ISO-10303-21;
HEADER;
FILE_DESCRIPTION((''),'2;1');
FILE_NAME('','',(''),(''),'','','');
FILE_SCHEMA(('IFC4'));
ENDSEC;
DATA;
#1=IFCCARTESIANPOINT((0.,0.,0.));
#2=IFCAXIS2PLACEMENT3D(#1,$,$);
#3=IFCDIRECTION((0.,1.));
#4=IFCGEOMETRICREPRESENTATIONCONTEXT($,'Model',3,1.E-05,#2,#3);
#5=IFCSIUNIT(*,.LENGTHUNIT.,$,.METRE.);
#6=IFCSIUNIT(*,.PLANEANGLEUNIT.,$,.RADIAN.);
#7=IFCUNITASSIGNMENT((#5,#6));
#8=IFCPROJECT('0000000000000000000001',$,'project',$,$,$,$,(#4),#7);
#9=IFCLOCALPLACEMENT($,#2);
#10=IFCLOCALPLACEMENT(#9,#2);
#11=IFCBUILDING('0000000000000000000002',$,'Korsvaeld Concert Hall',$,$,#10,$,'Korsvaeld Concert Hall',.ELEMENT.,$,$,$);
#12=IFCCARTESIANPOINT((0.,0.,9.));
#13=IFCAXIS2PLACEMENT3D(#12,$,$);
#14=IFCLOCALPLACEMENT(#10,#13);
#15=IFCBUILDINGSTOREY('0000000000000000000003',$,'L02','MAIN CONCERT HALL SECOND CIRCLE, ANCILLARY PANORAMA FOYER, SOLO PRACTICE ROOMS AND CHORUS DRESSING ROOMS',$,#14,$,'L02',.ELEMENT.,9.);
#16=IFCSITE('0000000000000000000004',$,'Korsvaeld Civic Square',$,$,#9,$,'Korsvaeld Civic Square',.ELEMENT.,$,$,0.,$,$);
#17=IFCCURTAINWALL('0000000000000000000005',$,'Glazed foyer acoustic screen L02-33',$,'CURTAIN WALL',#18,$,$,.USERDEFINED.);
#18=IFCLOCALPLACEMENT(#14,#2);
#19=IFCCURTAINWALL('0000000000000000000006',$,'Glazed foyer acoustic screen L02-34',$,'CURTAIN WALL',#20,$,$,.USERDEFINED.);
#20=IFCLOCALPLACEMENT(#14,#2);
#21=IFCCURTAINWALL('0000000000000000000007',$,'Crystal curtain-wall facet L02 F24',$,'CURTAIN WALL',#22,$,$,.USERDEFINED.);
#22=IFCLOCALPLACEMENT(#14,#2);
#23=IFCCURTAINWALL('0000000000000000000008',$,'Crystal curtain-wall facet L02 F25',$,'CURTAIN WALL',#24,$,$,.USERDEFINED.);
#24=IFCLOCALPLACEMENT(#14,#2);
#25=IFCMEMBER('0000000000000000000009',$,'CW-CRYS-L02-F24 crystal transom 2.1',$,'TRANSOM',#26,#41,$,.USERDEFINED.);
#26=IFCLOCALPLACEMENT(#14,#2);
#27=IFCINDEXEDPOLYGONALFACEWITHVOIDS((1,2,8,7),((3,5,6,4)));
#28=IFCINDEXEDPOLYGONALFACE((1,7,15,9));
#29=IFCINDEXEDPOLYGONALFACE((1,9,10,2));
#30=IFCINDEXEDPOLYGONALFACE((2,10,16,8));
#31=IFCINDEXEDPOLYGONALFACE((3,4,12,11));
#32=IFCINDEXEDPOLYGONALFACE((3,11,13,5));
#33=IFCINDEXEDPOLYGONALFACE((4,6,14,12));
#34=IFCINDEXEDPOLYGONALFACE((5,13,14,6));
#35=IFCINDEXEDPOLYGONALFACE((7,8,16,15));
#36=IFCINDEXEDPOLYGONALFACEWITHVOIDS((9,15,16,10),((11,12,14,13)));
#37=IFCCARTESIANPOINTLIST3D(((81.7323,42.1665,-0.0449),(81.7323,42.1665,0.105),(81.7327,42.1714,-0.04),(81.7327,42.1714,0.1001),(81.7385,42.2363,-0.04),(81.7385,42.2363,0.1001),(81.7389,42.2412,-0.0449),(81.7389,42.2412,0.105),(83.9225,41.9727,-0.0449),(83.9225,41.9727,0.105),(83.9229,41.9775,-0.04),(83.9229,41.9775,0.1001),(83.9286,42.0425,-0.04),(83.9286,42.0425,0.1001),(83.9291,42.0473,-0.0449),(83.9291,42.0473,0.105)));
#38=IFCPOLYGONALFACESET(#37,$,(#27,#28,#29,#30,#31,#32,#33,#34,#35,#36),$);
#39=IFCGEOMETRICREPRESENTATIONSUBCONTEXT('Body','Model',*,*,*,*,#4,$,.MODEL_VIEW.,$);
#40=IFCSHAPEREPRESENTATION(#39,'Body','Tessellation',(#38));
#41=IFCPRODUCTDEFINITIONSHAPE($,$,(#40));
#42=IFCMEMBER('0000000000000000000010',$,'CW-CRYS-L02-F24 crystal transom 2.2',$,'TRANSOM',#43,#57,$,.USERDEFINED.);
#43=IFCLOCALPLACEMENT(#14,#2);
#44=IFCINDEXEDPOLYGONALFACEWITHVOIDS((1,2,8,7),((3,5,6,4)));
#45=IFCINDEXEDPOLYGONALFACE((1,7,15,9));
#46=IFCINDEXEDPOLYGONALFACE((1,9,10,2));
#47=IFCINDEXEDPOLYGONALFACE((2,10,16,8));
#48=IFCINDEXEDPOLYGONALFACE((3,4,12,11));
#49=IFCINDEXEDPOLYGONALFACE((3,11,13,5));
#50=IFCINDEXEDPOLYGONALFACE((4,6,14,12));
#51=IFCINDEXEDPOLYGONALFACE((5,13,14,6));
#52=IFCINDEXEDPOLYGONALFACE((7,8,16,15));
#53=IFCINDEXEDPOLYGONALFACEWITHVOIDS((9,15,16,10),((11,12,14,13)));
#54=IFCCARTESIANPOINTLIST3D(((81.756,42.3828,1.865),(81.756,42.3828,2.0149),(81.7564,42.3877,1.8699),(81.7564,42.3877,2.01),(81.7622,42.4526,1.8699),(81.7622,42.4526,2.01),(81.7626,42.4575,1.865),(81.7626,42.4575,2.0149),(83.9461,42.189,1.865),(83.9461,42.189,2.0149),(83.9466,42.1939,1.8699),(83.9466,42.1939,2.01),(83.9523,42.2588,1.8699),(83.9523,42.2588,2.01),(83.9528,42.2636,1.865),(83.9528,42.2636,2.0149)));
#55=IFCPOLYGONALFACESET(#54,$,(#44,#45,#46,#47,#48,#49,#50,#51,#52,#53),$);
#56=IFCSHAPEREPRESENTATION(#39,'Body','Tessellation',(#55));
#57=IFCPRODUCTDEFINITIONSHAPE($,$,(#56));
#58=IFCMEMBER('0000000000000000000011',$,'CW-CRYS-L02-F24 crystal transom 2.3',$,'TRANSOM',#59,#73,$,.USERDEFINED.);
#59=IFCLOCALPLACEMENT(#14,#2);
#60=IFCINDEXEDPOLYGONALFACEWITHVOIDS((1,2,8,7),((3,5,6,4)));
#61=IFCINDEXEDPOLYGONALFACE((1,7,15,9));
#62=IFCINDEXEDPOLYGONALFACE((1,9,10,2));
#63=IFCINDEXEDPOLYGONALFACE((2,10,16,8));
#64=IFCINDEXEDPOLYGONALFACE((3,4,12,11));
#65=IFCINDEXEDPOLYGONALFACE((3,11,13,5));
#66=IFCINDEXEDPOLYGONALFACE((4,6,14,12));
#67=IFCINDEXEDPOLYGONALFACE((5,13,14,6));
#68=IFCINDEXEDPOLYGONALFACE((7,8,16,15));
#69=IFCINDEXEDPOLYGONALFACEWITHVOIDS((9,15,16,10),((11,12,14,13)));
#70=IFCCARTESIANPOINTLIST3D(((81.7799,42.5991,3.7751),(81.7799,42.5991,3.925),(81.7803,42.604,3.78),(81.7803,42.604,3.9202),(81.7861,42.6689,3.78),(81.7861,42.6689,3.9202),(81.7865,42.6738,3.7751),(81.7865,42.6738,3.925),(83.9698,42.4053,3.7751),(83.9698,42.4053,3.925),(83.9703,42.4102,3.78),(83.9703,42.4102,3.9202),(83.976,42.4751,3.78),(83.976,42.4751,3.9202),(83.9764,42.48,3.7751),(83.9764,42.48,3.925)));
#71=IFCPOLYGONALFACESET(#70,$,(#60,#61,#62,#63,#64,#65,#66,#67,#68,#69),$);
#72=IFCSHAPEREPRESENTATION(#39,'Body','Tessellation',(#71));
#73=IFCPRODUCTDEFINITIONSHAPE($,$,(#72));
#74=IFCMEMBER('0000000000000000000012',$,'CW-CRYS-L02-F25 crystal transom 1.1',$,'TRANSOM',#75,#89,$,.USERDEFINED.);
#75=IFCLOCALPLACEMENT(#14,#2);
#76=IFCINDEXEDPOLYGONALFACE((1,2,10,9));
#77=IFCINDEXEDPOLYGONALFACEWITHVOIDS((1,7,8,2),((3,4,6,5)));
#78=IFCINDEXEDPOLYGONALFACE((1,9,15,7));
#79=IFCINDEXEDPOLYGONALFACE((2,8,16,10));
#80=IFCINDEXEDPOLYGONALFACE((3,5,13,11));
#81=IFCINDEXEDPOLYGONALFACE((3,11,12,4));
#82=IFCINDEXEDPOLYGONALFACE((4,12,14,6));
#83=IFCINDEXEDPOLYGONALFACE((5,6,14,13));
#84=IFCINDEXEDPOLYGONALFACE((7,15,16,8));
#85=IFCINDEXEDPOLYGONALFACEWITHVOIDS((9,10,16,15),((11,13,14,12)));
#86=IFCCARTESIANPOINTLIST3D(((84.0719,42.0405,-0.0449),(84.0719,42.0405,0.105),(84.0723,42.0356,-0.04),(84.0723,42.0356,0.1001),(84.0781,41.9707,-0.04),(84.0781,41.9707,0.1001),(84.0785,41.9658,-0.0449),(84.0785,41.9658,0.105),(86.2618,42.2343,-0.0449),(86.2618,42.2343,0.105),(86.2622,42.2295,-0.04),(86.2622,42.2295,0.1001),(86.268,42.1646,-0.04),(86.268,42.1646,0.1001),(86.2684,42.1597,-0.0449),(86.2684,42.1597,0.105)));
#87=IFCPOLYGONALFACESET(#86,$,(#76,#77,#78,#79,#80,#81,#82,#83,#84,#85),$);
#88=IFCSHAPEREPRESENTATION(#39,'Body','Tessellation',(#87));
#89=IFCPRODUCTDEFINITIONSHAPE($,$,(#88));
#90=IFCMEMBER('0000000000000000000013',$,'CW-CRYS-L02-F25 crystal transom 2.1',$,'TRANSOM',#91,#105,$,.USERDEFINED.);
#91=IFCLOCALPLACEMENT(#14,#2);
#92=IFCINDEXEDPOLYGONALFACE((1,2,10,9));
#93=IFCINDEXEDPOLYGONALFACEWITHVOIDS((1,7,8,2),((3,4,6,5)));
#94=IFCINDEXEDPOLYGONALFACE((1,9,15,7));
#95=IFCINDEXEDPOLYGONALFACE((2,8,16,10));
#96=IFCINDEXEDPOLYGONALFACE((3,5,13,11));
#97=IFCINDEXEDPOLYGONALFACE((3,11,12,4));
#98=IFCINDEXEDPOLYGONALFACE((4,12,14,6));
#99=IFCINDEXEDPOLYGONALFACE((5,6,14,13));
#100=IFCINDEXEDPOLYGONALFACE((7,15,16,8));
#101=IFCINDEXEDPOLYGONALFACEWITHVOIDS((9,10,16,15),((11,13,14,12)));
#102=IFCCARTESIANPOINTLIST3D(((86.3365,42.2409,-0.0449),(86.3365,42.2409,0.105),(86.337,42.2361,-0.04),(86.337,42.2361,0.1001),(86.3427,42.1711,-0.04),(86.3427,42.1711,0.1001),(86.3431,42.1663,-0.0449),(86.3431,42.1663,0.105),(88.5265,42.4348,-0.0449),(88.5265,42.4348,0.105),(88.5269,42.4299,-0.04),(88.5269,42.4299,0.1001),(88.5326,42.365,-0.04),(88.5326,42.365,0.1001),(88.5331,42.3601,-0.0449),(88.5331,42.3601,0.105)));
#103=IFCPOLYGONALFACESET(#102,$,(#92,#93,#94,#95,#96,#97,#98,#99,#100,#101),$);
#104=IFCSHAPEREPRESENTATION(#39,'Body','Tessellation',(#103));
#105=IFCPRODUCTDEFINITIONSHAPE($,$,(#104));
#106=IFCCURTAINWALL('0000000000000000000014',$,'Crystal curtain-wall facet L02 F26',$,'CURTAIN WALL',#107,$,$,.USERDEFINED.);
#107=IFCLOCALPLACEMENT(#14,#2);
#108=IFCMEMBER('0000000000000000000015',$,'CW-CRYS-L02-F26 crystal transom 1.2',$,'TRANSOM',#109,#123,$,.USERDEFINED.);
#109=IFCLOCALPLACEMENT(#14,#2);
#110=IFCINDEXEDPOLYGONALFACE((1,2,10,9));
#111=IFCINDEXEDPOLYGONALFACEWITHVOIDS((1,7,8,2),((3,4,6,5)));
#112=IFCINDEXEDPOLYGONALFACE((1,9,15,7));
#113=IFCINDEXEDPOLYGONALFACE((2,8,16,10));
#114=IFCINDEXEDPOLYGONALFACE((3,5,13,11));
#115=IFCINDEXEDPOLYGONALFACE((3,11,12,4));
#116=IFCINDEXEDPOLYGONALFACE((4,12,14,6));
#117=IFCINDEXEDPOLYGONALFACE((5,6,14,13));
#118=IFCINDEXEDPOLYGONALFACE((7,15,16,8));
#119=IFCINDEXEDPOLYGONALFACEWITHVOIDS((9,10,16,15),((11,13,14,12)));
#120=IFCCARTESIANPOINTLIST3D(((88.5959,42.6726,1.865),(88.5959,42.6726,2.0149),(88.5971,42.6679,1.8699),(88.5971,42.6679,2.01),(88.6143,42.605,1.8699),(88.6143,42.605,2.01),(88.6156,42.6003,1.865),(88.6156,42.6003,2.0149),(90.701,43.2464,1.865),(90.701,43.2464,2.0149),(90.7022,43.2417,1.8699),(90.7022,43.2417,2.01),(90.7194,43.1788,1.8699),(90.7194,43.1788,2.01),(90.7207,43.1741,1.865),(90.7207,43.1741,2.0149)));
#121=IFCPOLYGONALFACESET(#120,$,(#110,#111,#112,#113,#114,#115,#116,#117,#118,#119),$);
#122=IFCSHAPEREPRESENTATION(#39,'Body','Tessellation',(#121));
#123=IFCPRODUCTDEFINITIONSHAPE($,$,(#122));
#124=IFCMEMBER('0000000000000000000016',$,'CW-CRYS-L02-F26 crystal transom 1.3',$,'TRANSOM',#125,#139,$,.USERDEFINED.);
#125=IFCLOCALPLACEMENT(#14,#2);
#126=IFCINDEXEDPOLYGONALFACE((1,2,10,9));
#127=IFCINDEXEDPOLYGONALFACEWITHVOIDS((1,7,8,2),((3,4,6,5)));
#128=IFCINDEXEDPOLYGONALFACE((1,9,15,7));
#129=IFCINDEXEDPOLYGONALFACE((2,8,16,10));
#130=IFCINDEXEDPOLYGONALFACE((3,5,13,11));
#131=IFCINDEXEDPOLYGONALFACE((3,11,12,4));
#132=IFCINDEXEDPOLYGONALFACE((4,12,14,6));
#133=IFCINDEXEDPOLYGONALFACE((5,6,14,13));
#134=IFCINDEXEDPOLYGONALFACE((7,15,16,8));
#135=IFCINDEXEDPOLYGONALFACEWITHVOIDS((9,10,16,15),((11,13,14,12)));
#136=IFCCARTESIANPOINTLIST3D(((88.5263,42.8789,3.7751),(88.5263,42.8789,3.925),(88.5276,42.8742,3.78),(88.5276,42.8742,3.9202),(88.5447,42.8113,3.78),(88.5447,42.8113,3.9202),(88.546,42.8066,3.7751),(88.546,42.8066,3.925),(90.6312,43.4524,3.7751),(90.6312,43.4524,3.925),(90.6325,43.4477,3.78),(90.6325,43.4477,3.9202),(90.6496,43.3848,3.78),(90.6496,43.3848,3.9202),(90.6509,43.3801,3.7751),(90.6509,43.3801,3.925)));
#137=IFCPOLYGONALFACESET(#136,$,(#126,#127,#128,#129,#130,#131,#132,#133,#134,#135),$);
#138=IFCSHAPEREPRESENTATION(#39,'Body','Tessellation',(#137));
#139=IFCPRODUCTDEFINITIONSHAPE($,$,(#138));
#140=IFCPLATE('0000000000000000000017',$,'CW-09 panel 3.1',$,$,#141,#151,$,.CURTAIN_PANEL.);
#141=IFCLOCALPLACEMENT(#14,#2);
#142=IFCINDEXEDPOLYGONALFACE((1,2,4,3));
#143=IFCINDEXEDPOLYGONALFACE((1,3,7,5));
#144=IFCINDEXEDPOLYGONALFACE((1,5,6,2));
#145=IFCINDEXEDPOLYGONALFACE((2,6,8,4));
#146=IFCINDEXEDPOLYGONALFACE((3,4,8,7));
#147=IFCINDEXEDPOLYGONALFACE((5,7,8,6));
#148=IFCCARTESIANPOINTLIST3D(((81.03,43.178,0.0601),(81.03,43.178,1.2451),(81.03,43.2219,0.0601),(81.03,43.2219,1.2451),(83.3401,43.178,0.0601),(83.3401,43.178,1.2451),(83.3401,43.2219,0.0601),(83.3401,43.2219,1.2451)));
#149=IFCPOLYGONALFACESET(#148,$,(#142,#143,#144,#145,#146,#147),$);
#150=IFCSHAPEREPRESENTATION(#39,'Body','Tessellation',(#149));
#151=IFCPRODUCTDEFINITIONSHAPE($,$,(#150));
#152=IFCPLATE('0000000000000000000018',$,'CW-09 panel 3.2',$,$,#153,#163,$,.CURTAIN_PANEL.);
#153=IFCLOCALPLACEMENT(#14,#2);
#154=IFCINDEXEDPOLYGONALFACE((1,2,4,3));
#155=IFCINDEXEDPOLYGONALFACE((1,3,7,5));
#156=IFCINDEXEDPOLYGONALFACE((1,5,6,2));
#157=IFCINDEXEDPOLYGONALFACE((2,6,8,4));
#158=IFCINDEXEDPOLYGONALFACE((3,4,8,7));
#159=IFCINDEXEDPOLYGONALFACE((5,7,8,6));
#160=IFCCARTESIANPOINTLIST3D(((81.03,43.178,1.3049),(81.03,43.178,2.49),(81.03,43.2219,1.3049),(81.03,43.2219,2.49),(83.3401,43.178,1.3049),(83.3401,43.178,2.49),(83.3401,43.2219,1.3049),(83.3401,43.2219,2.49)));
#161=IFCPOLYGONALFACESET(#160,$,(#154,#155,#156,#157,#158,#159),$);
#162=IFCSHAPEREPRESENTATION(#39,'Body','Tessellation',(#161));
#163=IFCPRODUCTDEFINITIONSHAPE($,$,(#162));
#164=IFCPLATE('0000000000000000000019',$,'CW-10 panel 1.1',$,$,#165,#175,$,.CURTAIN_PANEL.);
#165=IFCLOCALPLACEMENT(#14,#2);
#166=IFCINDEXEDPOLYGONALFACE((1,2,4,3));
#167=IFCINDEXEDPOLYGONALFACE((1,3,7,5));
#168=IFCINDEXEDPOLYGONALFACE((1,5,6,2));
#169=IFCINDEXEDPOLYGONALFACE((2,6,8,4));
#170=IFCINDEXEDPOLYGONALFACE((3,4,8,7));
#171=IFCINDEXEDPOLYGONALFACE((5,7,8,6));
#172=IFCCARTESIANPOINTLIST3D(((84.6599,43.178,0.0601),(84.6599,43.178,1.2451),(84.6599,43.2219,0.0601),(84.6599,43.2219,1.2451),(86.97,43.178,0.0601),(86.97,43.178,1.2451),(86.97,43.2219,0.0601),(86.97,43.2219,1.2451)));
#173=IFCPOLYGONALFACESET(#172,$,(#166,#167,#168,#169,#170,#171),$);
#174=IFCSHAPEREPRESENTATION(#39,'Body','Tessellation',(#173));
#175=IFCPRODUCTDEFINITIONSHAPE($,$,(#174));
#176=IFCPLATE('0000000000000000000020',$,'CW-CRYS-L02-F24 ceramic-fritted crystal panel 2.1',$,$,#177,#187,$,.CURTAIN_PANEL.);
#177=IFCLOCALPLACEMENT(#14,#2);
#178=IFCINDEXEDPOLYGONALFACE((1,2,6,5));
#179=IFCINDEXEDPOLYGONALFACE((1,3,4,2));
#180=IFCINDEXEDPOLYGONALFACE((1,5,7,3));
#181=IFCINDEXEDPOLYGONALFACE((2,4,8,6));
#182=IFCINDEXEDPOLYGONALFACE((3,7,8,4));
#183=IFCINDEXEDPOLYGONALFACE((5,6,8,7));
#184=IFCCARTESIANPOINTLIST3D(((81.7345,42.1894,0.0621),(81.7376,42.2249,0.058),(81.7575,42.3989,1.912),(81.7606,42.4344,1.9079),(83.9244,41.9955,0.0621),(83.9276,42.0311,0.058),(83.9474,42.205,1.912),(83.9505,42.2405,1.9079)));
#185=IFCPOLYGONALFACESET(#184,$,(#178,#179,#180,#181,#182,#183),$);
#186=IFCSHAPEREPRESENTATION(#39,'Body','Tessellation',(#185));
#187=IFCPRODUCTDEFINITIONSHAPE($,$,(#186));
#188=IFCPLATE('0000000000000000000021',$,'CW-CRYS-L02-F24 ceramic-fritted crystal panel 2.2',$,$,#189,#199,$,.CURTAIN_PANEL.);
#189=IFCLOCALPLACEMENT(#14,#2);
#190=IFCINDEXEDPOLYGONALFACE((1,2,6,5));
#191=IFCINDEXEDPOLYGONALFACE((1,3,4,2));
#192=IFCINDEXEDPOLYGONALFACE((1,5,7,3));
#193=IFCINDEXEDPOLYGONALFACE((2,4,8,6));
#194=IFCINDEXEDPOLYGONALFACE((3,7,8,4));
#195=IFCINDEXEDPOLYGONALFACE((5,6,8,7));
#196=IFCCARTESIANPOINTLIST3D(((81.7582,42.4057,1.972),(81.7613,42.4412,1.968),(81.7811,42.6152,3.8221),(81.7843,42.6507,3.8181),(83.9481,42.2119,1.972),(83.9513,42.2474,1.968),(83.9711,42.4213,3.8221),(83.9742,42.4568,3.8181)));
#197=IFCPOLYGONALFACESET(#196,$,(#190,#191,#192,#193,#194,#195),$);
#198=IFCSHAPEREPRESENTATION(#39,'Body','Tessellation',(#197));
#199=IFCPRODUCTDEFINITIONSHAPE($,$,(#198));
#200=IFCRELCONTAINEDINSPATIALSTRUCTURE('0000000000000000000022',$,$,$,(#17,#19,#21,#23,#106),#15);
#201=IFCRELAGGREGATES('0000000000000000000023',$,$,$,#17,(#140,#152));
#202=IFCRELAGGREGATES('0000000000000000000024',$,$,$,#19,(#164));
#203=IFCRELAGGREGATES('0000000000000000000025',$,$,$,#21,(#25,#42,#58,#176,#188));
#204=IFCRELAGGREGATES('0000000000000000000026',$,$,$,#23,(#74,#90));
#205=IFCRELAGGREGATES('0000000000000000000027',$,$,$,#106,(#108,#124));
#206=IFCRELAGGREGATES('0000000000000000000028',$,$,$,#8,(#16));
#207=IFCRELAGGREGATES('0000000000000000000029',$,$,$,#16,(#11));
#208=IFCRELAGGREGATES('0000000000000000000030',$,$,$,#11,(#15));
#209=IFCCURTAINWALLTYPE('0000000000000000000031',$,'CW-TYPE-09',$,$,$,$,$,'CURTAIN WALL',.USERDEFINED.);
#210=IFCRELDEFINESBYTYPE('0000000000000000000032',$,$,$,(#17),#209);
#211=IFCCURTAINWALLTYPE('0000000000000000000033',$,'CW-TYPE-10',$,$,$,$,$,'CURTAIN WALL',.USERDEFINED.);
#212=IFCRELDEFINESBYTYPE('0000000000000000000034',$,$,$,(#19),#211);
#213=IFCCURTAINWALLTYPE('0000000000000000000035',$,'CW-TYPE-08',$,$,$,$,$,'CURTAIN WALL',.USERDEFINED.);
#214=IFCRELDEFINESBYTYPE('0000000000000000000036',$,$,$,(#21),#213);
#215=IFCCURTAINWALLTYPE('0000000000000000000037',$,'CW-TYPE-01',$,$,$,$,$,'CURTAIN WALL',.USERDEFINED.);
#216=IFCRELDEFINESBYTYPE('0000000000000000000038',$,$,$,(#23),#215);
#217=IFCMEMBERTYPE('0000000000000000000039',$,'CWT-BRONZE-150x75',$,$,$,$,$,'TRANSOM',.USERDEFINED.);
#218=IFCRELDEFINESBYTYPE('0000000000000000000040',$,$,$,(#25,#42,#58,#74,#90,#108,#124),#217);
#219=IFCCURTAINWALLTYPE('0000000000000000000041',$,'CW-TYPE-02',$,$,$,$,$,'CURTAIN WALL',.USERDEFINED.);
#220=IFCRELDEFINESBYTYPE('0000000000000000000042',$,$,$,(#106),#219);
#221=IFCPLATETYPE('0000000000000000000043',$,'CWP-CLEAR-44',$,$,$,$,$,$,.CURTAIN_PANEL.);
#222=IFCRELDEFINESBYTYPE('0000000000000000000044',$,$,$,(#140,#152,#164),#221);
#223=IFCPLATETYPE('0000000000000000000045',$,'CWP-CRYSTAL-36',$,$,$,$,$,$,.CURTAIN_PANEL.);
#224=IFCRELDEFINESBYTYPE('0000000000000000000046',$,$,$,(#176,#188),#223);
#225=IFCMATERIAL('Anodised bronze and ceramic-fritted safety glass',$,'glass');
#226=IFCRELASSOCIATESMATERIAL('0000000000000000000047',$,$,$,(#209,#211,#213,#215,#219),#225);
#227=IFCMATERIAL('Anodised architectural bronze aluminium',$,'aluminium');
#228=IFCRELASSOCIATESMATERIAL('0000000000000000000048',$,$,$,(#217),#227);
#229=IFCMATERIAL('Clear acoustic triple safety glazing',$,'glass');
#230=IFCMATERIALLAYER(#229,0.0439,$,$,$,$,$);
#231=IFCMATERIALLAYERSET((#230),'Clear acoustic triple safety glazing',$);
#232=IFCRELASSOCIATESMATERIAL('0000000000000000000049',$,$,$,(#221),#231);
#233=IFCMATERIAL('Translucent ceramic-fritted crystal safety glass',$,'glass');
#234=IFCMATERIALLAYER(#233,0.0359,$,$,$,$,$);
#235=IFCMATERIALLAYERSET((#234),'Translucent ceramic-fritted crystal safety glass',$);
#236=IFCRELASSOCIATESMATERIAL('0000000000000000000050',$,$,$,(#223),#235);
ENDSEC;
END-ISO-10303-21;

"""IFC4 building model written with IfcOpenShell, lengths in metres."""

from ifc_helpers import new_model, si_unit, direction, frame, origin, origin_2d, place, context, subcontext, project, spatial, polyline, rectangle, hollow_rectangle, outline, extrude, material, layer, layer_set, material_profile, profile_set, type_object, element, aggregate, save


model = new_model("IFC4")

# Units and contexts
model_context = context("Model", 3, precision=1e-05, world=origin(), true_north=direction((0.0, 1.0)))
body_context = subcontext(model_context, "Body", "Model", "MODEL_VIEW")
ifc_project = project(units=[si_unit("LENGTHUNIT", "METRE"), si_unit("PLANEANGLEUNIT", "RADIAN")], contexts=[model_context])

# Site, building, storey
site_placement = place(None, origin())
site = spatial("IfcSite", under=ifc_project, at=site_placement, Name="Korsvaeld Civic Square", LongName="Korsvaeld Civic Square", CompositionType="ELEMENT", RefElevation=0.0)
building_placement = place(site_placement, origin())
building = spatial("IfcBuilding", under=site, at=building_placement, Name="Korsvaeld Concert Hall", LongName="Korsvaeld Concert Hall", CompositionType="ELEMENT")
storey_placement = place(building_placement, frame((0.0, 0.0, 9.0)))
storey = spatial("IfcBuildingStorey", under=building, at=storey_placement, Name="L02", Description="MAIN CONCERT HALL SECOND CIRCLE, ANCILLARY PANORAMA FOYER, SOLO PRACTICE ROOMS AND CHORUS DRESSING ROOMS", LongName="L02", CompositionType="ELEMENT", Elevation=9.0)

# Curtain walls
ifc_material_1 = material(Name="Anodised bronze and ceramic-fritted safety glass", Category="glass")
curtain_wall_type_1 = type_object("IfcCurtainWallType", Name="CW-TYPE-09", ElementType="CURTAIN WALL", PredefinedType="USERDEFINED", material=ifc_material_1)
curtain_wall_1_placement = place(storey_placement, origin())
curtain_wall_1 = element("IfcCurtainWall", 1, at=curtain_wall_1_placement, inside=storey, type_object=curtain_wall_type_1, Name="Glazed foyer acoustic screen L02-33", ObjectType="CURTAIN WALL", PredefinedType="USERDEFINED")
ifc_material_2 = material(Name="Anodised architectural bronze aluminium", Category="aluminium")
curtain_wall_type_2 = type_object("IfcCurtainWallType", Name="CW-TYPE-10", ElementType="CURTAIN WALL", PredefinedType="USERDEFINED", material=ifc_material_1)
curtain_wall_2_placement = place(storey_placement, origin())
curtain_wall_2 = element("IfcCurtainWall", 2, at=curtain_wall_2_placement, inside=storey, type_object=curtain_wall_type_2, Name="Glazed foyer acoustic screen L02-34", ObjectType="CURTAIN WALL", PredefinedType="USERDEFINED")

# Curtain walls
curtain_wall_type_3 = type_object("IfcCurtainWallType", Name="CW-TYPE-08", ElementType="CURTAIN WALL", PredefinedType="USERDEFINED", material=ifc_material_1)
curtain_wall_3_placement = place(storey_placement, origin())
curtain_wall_3 = element("IfcCurtainWall", 3, at=curtain_wall_3_placement, inside=storey, type_object=curtain_wall_type_3, Name="Crystal curtain-wall facet L02 F24", ObjectType="CURTAIN WALL", PredefinedType="USERDEFINED")
curtain_wall_type_4 = type_object("IfcCurtainWallType", Name="CW-TYPE-01", ElementType="CURTAIN WALL", PredefinedType="USERDEFINED", material=ifc_material_1)
curtain_wall_4_placement = place(storey_placement, origin())
curtain_wall_4 = element("IfcCurtainWall", 4, at=curtain_wall_4_placement, inside=storey, type_object=curtain_wall_type_4, Name="Crystal curtain-wall facet L02 F25", ObjectType="CURTAIN WALL", PredefinedType="USERDEFINED")

# Members
ifc_material_profile_1 = material_profile(ifc_material_2, hollow_rectangle(XDim=0.075, YDim=0.1499, WallThickness=0.0049, at=origin_2d()), Name="CWT 150x75x5")
ifc_profile_set_1 = profile_set([ifc_material_profile_1], Name="Anodised architectural bronze aluminium")
member_type_1 = type_object("IfcMemberType", Name="CWT-BRONZE-150x75", ElementType="TRANSOM", PredefinedType="USERDEFINED", material=ifc_profile_set_1)
member_1_placement = place(storey_placement, frame((81.7356, 42.2039, 0.03), z_axis=(0.996106, -0.088163, 0.0), x_axis=(0.088163, 0.996106, 0.0)))
member_1 = element("IfcMember", 5, at=member_1_placement, type_object=member_type_1, Name="CW-CRYS-L02-F24 crystal transom 2.1", ObjectType="TRANSOM", PredefinedType="USERDEFINED", context=body_context, shape_type="SweptSolid", body=[
    extrude(hollow_rectangle(XDim=0.075, YDim=0.1499, WallThickness=0.0049, at=origin_2d()), origin(), (0.0, 0.0, 1.0), 2.1987),
])
member_2_placement = place(storey_placement, frame((81.7593, 42.4202, 1.9399), z_axis=(0.996106, -0.088163, 0.0), x_axis=(0.088163, 0.996106, 0.0)))
member_2 = element("IfcMember", 6, at=member_2_placement, type_object=member_type_1, Name="CW-CRYS-L02-F24 crystal transom 2.2", ObjectType="TRANSOM", PredefinedType="USERDEFINED", context=body_context, shape_type="SweptSolid", body=[
    extrude(hollow_rectangle(XDim=0.075, YDim=0.1499, WallThickness=0.0049, at=origin_2d()), origin(), (0.0, 0.0, 1.0), 2.1987),
])
member_3_placement = place(storey_placement, frame((81.7832, 42.6365, 3.8501), z_axis=(0.996105, -0.088173, 0.0), x_axis=(0.088173, 0.996105, 0.0)))
member_3 = element("IfcMember", 7, at=member_3_placement, type_object=member_type_1, Name="CW-CRYS-L02-F24 crystal transom 2.3", ObjectType="TRANSOM", PredefinedType="USERDEFINED", context=body_context, shape_type="SweptSolid", body=[
    extrude(hollow_rectangle(XDim=0.075, YDim=0.1499, WallThickness=0.0049, at=origin_2d()), origin(), (0.0, 0.0, 1.0), 2.1985),
])
member_4_placement = place(storey_placement, frame((84.0752, 42.0032, 0.03), z_axis=(0.996105, 0.088173, 0.0), x_axis=(-0.088173, 0.996105, 0.0)))
member_4 = element("IfcMember", 8, at=member_4_placement, type_object=member_type_1, Name="CW-CRYS-L02-F25 crystal transom 1.1", ObjectType="TRANSOM", PredefinedType="USERDEFINED", context=body_context, shape_type="SweptSolid", body=[
    extrude(hollow_rectangle(XDim=0.075, YDim=0.1499, WallThickness=0.0049, at=origin_2d()), origin(), (0.0, 0.0, 1.0), 2.1985),
])
member_5_placement = place(storey_placement, frame((86.3398, 42.2036, 0.03), z_axis=(0.996105, 0.088173, 0.0), x_axis=(-0.088173, 0.996105, 0.0)))
member_5 = element("IfcMember", 9, at=member_5_placement, type_object=member_type_1, Name="CW-CRYS-L02-F25 crystal transom 2.1", ObjectType="TRANSOM", PredefinedType="USERDEFINED", context=body_context, shape_type="SweptSolid", body=[
    extrude(hollow_rectangle(XDim=0.075, YDim=0.1499, WallThickness=0.0049, at=origin_2d()), origin(), (0.0, 0.0, 1.0), 2.1985),
])

# Curtain wall, members
curtain_wall_type_5 = type_object("IfcCurtainWallType", Name="CW-TYPE-02", ElementType="CURTAIN WALL", PredefinedType="USERDEFINED", material=ifc_material_1)
curtain_wall_5_placement = place(storey_placement, origin())
curtain_wall_5 = element("IfcCurtainWall", 10, at=curtain_wall_5_placement, inside=storey, type_object=curtain_wall_type_5, Name="Crystal curtain-wall facet L02 F26", ObjectType="CURTAIN WALL", PredefinedType="USERDEFINED")
member_6_placement = place(storey_placement, frame((88.6057, 42.6365, 1.9399), z_axis=(0.964805, 0.262966, 0.0), x_axis=(-0.262966, 0.964805, 0.0)))
member_6 = element("IfcMember", 11, at=member_6_placement, type_object=member_type_1, Name="CW-CRYS-L02-F26 crystal transom 1.2", ObjectType="TRANSOM", PredefinedType="USERDEFINED", context=body_context, shape_type="SweptSolid", body=[
    extrude(hollow_rectangle(XDim=0.075, YDim=0.1499, WallThickness=0.0049, at=origin_2d()), origin(), (0.0, 0.0, 1.0), 2.1819),
])
member_7_placement = place(storey_placement, frame((88.5361, 42.8428, 3.8501), z_axis=(0.964834, 0.262862, 0.0), x_axis=(-0.262862, 0.964834, 0.0)))
member_7 = element("IfcMember", 12, at=member_7_placement, type_object=member_type_1, Name="CW-CRYS-L02-F26 crystal transom 1.3", ObjectType="TRANSOM", PredefinedType="USERDEFINED", context=body_context, shape_type="SweptSolid", body=[
    extrude(hollow_rectangle(XDim=0.075, YDim=0.1499, WallThickness=0.0049, at=origin_2d()), origin(), (0.0, 0.0, 1.0), 2.1816),
])

# Plates
ifc_material_3 = material(Name="Clear acoustic triple safety glazing", Category="glass")
ifc_layer_1 = layer(ifc_material_3, 0.0439)
ifc_layer_set_1 = layer_set([ifc_layer_1], Name="Clear acoustic triple safety glazing")
plate_type_1 = type_object("IfcPlateType", Name="CWP-CLEAR-44", PredefinedType="CURTAIN_PANEL", material=ifc_layer_set_1)
plate_1_placement = place(storey_placement, frame((82.1851, 43.2, 0.0601), z_axis=(0.0, 0.0, 1.0), x_axis=(1.0, 0.0, 0.0)))
plate_1 = element("IfcPlate", 13, at=plate_1_placement, type_object=plate_type_1, Name="CW-09 panel 3.1", PredefinedType="CURTAIN_PANEL", context=body_context, shape_type="SweptSolid", body=[
    extrude(rectangle(XDim=2.3101, YDim=0.0439, at=origin_2d()), origin(), (0.0, 0.0, 1.0), 1.1851),
])
plate_2_placement = place(storey_placement, frame((82.1851, 43.2, 1.3049), z_axis=(0.0, 0.0, 1.0), x_axis=(1.0, 0.0, 0.0)))
plate_2 = element("IfcPlate", 14, at=plate_2_placement, type_object=plate_type_1, Name="CW-09 panel 3.2", PredefinedType="CURTAIN_PANEL", context=body_context, shape_type="SweptSolid", body=[
    extrude(rectangle(XDim=2.3101, YDim=0.0439, at=origin_2d()), origin(), (0.0, 0.0, 1.0), 1.1851),
])
aggregate(curtain_wall_1, [plate_1, plate_2])
plate_3_placement = place(storey_placement, frame((85.8149, 43.2, 0.0601), z_axis=(0.0, 0.0, 1.0), x_axis=(1.0, 0.0, 0.0)))
plate_3 = element("IfcPlate", 15, at=plate_3_placement, type_object=plate_type_1, Name="CW-10 panel 1.1", PredefinedType="CURTAIN_PANEL", context=body_context, shape_type="SweptSolid", body=[
    extrude(rectangle(XDim=2.3101, YDim=0.0439, at=origin_2d()), origin(), (0.0, 0.0, 1.0), 1.1851),
])
aggregate(curtain_wall_2, [plate_3])
ifc_material_4 = material(Name="Translucent ceramic-fritted crystal safety glass", Category="glass")
ifc_layer_2 = layer(ifc_material_4, 0.0359)
ifc_layer_set_2 = layer_set([ifc_layer_2], Name="Translucent ceramic-fritted crystal safety glass")
plate_type_2 = type_object("IfcPlateType", Name="CWP-CRYSTAL-36", PredefinedType="CURTAIN_PANEL", material=ifc_layer_set_2)
plate_4_placement = place(storey_placement, frame((81.7361, 42.2073, 0.0601), z_axis=(-0.087606, -0.989707, 0.113159), x_axis=(0.996105, -0.088173, 0.0)))
plate_4 = element("IfcPlate", 16, at=plate_4_placement, type_object=plate_type_2, Name="CW-CRYS-L02-F24 ceramic-fritted crystal panel 2.1", PredefinedType="CURTAIN_PANEL", context=body_context, shape_type="SweptSolid", body=[
    extrude(outline(polyline([(0.0, 0.0), (2.1985, 0.0), (2.2029, 1.8618), (0.0044, 1.8618), (0.0, 0.0)])), frame((0.0, 0.0, 0.0181)), (0.0, 0.0, -1.0), 0.0359),
])
plate_5_placement = place(storey_placement, frame((81.7598, 42.4236, 1.97), z_axis=(-0.087606, -0.989709, 0.113144), x_axis=(0.996105, -0.088173, 0.0)))
plate_5 = element("IfcPlate", 17, at=plate_5_placement, type_object=plate_type_2, Name="CW-CRYS-L02-F24 ceramic-fritted crystal panel 2.2", PredefinedType="CURTAIN_PANEL", context=body_context, shape_type="SweptSolid", body=[
    extrude(outline(polyline([(0.0, 0.0), (2.1985, 0.0), (2.2029, 1.8621), (0.0044, 1.8621), (0.0, 0.0)])), frame((0.0, 0.0, 0.0181)), (0.0, 0.0, -1.0), 0.0359),
])
aggregate(curtain_wall_3, [member_1, member_2, member_3, plate_4, plate_5])
aggregate(curtain_wall_4, [member_4, member_5])
aggregate(curtain_wall_5, [member_6, member_7])

save(model, "model.ifc")
